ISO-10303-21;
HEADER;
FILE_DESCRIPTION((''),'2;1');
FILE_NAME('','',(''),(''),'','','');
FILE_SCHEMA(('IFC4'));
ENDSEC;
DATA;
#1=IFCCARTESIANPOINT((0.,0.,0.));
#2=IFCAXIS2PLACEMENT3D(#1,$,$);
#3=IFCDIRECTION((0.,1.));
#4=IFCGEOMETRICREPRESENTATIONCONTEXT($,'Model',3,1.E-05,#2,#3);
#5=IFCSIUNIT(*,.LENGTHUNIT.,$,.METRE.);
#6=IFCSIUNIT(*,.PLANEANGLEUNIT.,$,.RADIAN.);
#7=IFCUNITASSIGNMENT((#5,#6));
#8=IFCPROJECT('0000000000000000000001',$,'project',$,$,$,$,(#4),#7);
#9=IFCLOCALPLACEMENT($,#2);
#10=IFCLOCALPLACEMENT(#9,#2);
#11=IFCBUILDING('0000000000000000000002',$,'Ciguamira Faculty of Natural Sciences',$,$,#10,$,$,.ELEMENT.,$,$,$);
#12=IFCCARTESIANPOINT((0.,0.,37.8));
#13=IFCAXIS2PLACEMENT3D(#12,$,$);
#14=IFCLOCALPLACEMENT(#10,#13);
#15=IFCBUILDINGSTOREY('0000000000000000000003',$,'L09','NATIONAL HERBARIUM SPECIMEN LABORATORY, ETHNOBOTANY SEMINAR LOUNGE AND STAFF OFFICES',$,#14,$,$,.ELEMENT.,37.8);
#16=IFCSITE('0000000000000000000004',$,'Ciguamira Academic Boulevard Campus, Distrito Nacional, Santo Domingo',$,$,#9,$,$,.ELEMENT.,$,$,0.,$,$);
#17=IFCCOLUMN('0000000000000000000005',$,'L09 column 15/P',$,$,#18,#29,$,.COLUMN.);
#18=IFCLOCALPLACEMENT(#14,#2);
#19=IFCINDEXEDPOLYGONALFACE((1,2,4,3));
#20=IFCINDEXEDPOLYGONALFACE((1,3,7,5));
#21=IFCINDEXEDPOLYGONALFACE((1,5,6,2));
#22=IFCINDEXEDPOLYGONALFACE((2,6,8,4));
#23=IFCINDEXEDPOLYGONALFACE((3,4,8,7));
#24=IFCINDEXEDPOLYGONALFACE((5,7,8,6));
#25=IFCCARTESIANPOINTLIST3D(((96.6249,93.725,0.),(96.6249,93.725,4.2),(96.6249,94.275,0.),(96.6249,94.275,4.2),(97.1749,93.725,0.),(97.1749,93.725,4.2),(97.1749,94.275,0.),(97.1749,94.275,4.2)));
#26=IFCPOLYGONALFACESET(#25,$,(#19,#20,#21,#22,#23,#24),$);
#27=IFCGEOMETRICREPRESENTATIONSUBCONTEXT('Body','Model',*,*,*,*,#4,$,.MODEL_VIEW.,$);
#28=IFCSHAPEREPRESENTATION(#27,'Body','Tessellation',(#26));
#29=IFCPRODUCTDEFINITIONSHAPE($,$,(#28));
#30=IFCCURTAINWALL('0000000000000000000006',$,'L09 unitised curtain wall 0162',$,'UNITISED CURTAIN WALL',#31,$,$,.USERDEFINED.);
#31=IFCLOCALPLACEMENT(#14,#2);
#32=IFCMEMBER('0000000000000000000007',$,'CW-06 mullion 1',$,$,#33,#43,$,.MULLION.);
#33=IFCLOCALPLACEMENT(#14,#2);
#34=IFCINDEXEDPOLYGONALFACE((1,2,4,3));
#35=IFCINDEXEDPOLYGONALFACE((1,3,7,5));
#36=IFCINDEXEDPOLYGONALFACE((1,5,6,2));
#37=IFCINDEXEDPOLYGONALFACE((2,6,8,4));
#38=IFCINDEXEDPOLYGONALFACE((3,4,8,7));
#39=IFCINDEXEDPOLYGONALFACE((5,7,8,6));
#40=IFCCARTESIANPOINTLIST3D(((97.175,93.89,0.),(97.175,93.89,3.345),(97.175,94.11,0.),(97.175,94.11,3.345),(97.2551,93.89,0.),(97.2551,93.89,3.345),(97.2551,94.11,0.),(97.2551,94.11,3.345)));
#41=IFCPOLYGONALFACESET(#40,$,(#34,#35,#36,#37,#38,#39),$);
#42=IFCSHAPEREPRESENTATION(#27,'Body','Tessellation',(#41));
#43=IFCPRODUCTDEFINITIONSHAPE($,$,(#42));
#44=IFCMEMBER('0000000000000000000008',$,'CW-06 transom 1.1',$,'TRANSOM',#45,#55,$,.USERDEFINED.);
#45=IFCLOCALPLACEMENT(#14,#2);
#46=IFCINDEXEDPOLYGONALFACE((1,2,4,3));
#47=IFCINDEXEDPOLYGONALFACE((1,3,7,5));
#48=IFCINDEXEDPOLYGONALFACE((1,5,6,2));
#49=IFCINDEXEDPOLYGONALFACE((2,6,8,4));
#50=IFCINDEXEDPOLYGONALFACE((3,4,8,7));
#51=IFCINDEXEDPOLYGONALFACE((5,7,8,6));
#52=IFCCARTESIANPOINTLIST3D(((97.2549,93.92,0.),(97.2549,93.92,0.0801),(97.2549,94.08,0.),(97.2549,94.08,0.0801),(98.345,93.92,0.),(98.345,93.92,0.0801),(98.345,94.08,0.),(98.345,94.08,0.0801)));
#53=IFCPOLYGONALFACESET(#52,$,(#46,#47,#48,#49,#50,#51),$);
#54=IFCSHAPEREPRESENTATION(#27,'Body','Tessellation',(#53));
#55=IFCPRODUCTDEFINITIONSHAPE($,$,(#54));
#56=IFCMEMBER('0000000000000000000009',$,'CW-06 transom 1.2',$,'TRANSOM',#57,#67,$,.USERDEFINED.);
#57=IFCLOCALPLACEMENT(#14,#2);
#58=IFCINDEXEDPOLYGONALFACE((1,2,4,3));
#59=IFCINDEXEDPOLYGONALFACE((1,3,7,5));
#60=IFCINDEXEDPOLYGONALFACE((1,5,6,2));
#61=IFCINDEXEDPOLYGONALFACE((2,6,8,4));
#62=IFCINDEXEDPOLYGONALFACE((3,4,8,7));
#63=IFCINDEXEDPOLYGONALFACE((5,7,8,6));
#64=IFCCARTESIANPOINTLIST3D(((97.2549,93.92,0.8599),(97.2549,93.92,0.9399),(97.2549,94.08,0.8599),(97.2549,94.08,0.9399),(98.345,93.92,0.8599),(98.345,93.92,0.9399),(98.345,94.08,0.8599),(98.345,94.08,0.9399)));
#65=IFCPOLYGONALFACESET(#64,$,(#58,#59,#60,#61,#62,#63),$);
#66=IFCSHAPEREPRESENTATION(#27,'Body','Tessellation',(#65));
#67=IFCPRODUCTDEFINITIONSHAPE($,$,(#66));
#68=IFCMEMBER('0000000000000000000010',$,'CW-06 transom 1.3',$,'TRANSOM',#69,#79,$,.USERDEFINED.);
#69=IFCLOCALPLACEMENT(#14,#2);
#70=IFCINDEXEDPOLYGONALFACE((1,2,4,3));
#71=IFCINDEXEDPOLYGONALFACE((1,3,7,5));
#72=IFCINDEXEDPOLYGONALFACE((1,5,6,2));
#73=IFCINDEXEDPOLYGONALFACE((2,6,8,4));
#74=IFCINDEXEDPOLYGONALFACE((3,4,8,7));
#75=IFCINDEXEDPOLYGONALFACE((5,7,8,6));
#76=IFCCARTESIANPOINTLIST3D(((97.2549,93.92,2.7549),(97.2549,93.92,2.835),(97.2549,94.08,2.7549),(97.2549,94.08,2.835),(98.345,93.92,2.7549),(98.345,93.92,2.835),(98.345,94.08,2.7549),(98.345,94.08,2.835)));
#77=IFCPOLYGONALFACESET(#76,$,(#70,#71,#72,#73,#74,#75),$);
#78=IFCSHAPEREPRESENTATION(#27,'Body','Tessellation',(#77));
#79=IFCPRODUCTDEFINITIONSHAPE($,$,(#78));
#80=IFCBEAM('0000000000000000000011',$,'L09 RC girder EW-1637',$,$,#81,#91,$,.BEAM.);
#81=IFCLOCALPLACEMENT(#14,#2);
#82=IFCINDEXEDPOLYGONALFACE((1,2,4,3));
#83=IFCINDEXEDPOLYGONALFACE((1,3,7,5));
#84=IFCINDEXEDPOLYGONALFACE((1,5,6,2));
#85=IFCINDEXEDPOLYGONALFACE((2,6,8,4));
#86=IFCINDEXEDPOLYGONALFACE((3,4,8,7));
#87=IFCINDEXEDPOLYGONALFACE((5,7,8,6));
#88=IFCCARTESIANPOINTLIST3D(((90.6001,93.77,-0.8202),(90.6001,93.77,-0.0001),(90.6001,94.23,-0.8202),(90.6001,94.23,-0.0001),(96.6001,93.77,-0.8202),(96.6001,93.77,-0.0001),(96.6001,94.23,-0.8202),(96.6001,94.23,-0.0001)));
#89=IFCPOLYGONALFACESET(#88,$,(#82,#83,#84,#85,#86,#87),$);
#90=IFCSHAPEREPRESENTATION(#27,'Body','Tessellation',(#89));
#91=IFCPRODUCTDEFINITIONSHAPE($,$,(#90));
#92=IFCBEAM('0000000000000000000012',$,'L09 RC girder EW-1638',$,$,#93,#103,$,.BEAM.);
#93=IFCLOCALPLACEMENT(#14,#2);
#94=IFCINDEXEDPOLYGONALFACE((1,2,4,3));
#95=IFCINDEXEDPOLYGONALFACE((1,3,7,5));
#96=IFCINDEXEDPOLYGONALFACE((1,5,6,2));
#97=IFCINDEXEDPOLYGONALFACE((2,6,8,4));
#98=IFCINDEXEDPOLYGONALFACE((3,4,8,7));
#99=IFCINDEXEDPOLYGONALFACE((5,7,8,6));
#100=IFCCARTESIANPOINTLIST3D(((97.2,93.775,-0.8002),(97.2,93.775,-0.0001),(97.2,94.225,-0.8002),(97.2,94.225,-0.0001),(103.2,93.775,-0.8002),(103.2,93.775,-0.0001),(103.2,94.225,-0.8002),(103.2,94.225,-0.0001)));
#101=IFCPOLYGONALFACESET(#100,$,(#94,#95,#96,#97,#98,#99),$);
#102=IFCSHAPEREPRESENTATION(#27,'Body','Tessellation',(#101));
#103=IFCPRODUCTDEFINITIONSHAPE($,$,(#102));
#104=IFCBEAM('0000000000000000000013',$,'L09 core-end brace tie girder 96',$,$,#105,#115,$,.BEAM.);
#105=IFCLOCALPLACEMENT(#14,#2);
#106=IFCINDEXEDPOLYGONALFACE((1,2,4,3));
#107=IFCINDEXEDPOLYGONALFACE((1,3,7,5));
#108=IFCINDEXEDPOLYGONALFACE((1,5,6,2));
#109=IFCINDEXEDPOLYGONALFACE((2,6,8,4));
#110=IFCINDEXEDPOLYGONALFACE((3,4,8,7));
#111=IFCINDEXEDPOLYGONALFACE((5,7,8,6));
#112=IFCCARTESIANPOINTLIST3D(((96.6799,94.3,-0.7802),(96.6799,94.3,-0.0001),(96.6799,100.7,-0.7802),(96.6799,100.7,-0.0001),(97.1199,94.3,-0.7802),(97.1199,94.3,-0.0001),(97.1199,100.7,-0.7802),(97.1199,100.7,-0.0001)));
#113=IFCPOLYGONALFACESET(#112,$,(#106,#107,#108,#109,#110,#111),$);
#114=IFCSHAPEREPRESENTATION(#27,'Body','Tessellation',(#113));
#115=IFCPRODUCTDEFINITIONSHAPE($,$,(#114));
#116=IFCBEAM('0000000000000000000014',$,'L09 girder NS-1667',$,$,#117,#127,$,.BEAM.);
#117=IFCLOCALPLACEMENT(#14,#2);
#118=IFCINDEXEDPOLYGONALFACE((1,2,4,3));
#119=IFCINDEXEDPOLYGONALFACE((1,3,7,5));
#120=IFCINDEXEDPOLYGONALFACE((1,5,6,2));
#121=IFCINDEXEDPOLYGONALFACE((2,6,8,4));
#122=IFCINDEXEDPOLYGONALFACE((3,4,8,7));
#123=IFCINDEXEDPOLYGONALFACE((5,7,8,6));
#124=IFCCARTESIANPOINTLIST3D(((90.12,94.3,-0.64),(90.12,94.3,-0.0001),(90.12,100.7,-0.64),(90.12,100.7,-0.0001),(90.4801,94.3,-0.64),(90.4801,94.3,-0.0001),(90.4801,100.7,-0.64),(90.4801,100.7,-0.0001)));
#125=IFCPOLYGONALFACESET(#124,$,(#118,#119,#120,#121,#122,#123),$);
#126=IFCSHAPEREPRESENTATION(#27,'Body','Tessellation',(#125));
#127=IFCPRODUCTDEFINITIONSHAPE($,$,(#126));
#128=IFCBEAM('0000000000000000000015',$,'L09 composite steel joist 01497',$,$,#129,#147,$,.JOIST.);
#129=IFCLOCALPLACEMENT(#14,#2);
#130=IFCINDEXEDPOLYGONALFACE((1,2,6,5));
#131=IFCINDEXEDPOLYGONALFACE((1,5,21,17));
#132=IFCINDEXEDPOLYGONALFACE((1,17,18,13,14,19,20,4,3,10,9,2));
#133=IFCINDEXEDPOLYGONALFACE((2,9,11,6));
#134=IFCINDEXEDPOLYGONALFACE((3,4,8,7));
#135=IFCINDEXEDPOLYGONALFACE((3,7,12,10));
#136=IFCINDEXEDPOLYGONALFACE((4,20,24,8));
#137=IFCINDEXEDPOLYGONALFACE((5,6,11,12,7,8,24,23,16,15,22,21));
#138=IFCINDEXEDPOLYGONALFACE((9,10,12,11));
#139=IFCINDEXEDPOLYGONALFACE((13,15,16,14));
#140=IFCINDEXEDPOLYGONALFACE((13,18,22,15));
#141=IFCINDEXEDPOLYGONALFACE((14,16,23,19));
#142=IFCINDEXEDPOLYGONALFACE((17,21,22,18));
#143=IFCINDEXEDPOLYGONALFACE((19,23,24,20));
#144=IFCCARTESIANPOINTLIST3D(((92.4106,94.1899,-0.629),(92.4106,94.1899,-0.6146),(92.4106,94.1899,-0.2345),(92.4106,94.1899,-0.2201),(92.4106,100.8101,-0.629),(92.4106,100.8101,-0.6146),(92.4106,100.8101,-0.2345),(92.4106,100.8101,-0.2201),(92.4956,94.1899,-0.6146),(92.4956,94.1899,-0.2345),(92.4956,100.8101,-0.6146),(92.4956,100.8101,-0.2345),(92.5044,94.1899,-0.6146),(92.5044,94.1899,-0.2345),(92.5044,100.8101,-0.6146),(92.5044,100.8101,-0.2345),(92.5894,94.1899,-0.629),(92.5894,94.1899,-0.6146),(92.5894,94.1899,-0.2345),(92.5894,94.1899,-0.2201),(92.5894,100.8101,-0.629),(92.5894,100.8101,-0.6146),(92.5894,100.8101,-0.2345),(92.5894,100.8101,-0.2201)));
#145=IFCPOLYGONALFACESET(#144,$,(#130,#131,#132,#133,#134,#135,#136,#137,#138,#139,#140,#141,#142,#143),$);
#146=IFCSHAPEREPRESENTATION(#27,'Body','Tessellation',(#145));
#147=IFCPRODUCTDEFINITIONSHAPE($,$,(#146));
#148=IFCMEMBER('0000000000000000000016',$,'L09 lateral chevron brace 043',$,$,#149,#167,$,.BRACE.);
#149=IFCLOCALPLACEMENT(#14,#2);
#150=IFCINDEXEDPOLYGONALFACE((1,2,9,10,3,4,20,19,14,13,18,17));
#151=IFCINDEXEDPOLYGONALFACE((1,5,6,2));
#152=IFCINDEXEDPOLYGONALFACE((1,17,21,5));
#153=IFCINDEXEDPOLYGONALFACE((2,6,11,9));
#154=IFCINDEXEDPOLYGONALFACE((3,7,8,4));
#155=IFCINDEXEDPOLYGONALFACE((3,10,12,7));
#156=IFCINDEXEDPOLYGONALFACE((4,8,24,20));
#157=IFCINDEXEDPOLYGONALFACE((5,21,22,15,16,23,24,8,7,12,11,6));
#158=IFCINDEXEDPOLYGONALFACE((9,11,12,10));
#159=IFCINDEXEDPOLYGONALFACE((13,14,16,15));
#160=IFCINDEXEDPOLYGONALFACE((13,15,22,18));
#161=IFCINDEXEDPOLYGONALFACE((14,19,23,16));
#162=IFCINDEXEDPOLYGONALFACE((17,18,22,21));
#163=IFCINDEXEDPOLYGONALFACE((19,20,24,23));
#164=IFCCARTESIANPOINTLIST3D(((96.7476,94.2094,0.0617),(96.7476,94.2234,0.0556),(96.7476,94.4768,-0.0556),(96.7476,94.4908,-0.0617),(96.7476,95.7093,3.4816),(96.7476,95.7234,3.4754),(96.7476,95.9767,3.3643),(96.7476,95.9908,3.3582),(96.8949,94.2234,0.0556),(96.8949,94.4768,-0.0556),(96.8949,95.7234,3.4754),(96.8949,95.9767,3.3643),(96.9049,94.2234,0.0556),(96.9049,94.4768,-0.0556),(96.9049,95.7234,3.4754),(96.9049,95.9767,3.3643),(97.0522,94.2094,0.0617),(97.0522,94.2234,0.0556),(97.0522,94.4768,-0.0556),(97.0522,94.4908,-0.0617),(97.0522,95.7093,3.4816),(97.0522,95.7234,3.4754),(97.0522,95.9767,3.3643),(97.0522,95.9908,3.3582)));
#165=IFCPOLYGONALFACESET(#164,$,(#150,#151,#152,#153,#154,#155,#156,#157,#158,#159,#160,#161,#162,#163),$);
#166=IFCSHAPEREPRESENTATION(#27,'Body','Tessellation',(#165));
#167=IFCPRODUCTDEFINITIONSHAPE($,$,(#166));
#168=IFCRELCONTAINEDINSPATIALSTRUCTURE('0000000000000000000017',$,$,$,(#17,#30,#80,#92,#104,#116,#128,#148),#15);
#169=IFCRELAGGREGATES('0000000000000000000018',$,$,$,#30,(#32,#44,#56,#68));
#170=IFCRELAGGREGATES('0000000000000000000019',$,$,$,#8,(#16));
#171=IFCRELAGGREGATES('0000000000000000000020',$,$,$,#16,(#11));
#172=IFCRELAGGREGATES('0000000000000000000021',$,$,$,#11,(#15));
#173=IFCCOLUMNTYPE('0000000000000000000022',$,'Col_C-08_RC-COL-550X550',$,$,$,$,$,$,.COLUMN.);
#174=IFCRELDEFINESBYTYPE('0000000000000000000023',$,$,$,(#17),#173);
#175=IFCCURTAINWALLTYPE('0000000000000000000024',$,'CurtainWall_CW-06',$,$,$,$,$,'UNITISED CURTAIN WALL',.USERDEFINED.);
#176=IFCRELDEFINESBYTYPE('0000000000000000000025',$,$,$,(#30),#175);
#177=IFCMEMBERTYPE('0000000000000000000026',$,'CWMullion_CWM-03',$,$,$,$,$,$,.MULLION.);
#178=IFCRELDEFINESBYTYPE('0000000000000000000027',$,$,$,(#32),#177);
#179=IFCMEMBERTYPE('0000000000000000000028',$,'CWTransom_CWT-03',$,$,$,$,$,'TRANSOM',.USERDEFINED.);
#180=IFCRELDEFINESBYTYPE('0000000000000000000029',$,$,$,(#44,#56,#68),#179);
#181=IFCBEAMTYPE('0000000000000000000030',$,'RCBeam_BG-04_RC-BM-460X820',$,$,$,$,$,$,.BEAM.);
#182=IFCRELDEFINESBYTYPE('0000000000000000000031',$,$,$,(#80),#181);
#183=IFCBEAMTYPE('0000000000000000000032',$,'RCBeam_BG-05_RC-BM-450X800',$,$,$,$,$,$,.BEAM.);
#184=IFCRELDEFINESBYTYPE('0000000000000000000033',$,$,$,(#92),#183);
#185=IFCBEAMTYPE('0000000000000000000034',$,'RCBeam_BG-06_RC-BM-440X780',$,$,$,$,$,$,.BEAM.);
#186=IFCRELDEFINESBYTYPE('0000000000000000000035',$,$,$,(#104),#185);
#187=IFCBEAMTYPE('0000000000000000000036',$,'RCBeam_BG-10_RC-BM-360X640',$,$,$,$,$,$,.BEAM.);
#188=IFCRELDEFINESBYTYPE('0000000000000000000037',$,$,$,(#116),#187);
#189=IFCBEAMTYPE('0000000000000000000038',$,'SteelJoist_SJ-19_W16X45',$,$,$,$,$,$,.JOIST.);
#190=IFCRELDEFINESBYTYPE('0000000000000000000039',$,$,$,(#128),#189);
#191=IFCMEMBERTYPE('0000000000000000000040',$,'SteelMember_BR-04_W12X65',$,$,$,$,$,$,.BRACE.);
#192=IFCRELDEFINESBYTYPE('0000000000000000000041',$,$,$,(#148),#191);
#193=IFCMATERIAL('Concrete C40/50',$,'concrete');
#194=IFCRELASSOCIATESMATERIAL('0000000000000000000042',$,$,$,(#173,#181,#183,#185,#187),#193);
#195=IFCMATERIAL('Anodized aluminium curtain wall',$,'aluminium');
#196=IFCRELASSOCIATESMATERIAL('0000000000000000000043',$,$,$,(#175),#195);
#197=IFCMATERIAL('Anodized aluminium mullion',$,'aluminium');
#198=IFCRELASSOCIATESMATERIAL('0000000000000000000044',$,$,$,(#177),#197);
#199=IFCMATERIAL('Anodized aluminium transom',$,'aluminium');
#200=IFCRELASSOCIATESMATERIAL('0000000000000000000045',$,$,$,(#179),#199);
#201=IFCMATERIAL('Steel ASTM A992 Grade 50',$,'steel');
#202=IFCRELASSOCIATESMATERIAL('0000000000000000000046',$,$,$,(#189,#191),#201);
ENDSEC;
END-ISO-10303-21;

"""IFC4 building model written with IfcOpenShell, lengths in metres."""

from ifc_helpers import new_model, si_unit, direction, frame, origin, origin_2d, place, context, subcontext, project, spatial, rectangle, i_section, extrude, material, material_profile, profile_set, type_object, element, aggregate, save


model = new_model("IFC4")

# Units and contexts
model_context = context("Model", 3, precision=1e-05, world=origin(), true_north=direction((0.0, 1.0)))
body_context = subcontext(model_context, "Body", "Model", "MODEL_VIEW")
ifc_project = project(units=[si_unit("LENGTHUNIT", "METRE"), si_unit("PLANEANGLEUNIT", "RADIAN")], contexts=[model_context])

# Site, building, storey
site_placement = place(None, origin())
site = spatial("IfcSite", under=ifc_project, at=site_placement, Name="Ciguamira Academic Boulevard Campus, Distrito Nacional, Santo Domingo", CompositionType="ELEMENT", RefElevation=0.0)
building_placement = place(site_placement, origin())
building = spatial("IfcBuilding", under=site, at=building_placement, Name="Ciguamira Faculty of Natural Sciences", CompositionType="ELEMENT")
storey_placement = place(building_placement, frame((0.0, 0.0, 37.8)))
storey = spatial("IfcBuildingStorey", under=building, at=storey_placement, Name="L09", Description="NATIONAL HERBARIUM SPECIMEN LABORATORY, ETHNOBOTANY SEMINAR LOUNGE AND STAFF OFFICES", CompositionType="ELEMENT", Elevation=37.8)

# Column
ifc_material_1 = material(Name="Concrete C40/50", Category="concrete")
ifc_material_profile_1 = material_profile(ifc_material_1, rectangle(XDim=0.55, YDim=0.55, at=origin_2d()), Name="RC-COL-550X550")
ifc_profile_set_1 = profile_set([ifc_material_profile_1], Name="Concrete C40/50")
column_type = type_object("IfcColumnType", Name="Col_C-08_RC-COL-550X550", PredefinedType="COLUMN", material=ifc_profile_set_1)
column_placement = place(storey_placement, frame((96.8999, 94.0, 0.0), z_axis=(0.0, 0.0, 1.0), x_axis=(1.0, 0.0, 0.0)))
element("IfcColumn", 1, at=column_placement, inside=storey, type_object=column_type, Name="L09 column 15/P", PredefinedType="COLUMN", context=body_context, shape_type="SweptSolid", body=[
    extrude(rectangle(XDim=0.55, YDim=0.55, at=origin_2d()), origin(), (0.0, 0.0, 1.0), 4.2),
])

# Curtain wall, members
ifc_material_2 = material(Name="Anodized aluminium curtain wall", Category="aluminium")
curtain_wall_type = type_object("IfcCurtainWallType", Name="CurtainWall_CW-06", ElementType="UNITISED CURTAIN WALL", PredefinedType="USERDEFINED", material=ifc_material_2)
curtain_wall_placement = place(storey_placement, origin())
curtain_wall = element("IfcCurtainWall", 2, at=curtain_wall_placement, inside=storey, type_object=curtain_wall_type, Name="L09 unitised curtain wall 0162", ObjectType="UNITISED CURTAIN WALL", PredefinedType="USERDEFINED")
ifc_material_3 = material(Name="Anodized aluminium mullion", Category="aluminium")
ifc_material_profile_2 = material_profile(ifc_material_3, rectangle(XDim=0.0801, YDim=0.22, at=origin_2d()), Name="ALU-MUL-80X220")
ifc_profile_set_2 = profile_set([ifc_material_profile_2], Name="Anodized aluminium mullion")
member_type_1 = type_object("IfcMemberType", Name="CWMullion_CWM-03", PredefinedType="MULLION", material=ifc_profile_set_2)
member_1_placement = place(storey_placement, frame((97.2151, 94.0, 0.0), z_axis=(0.0, 0.0, 1.0), x_axis=(1.0, 0.0, 0.0)))
member_1 = element("IfcMember", 3, at=member_1_placement, type_object=member_type_1, Name="CW-06 mullion 1", PredefinedType="MULLION", context=body_context, shape_type="SweptSolid", body=[
    extrude(rectangle(XDim=0.0801, YDim=0.22, at=origin_2d()), origin(), (0.0, 0.0, 1.0), 3.345),
])
ifc_material_4 = material(Name="Anodized aluminium transom", Category="aluminium")
ifc_material_profile_3 = material_profile(ifc_material_4, rectangle(XDim=0.0801, YDim=0.1599, at=origin_2d()), Name="ALU-TRN-80X160")
ifc_profile_set_3 = profile_set([ifc_material_profile_3], Name="Anodized aluminium transom")
member_type_2 = type_object("IfcMemberType", Name="CWTransom_CWT-03", ElementType="TRANSOM", PredefinedType="USERDEFINED", material=ifc_profile_set_3)
member_2_placement = place(storey_placement, frame((97.2549, 94.0, 0.04), z_axis=(1.0, 0.0, 0.0), x_axis=(0.0, 0.0, 1.0)))
member_2 = element("IfcMember", 4, at=member_2_placement, type_object=member_type_2, Name="CW-06 transom 1.1", ObjectType="TRANSOM", PredefinedType="USERDEFINED", context=body_context, shape_type="SweptSolid", body=[
    extrude(rectangle(XDim=0.0801, YDim=0.1599, at=origin_2d()), origin(), (0.0, 0.0, 1.0), 1.0901),
])
member_3_placement = place(storey_placement, frame((97.2549, 94.0, 0.8999), z_axis=(1.0, 0.0, 0.0), x_axis=(0.0, 0.0, 1.0)))
member_3 = element("IfcMember", 5, at=member_3_placement, type_object=member_type_2, Name="CW-06 transom 1.2", ObjectType="TRANSOM", PredefinedType="USERDEFINED", context=body_context, shape_type="SweptSolid", body=[
    extrude(rectangle(XDim=0.0801, YDim=0.1599, at=origin_2d()), origin(), (0.0, 0.0, 1.0), 1.0901),
])
member_4_placement = place(storey_placement, frame((97.2549, 94.0, 2.7949), z_axis=(1.0, 0.0, 0.0), x_axis=(0.0, 0.0, 1.0)))
member_4 = element("IfcMember", 6, at=member_4_placement, type_object=member_type_2, Name="CW-06 transom 1.3", ObjectType="TRANSOM", PredefinedType="USERDEFINED", context=body_context, shape_type="SweptSolid", body=[
    extrude(rectangle(XDim=0.0801, YDim=0.1599, at=origin_2d()), origin(), (0.0, 0.0, 1.0), 1.0901),
])
aggregate(curtain_wall, [member_1, member_2, member_3, member_4])

# Beams
ifc_material_profile_4 = material_profile(ifc_material_1, rectangle(XDim=0.46, YDim=0.8201, at=origin_2d()), Name="RC-BM-460X820")
ifc_profile_set_4 = profile_set([ifc_material_profile_4], Name="Concrete C40/50")
beam_type_1 = type_object("IfcBeamType", Name="RCBeam_BG-04_RC-BM-460X820", PredefinedType="BEAM", material=ifc_profile_set_4)
beam_1_placement = place(storey_placement, frame((90.6001, 94.0, -0.4102), z_axis=(1.0, 0.0, 0.0), x_axis=(0.0, 1.0, 0.0)))
element("IfcBeam", 7, at=beam_1_placement, inside=storey, type_object=beam_type_1, Name="L09 RC girder EW-1637", PredefinedType="BEAM", context=body_context, shape_type="SweptSolid", body=[
    extrude(rectangle(XDim=0.46, YDim=0.8201, at=origin_2d()), origin(), (0.0, 0.0, 1.0), 6.0),
])
ifc_material_profile_5 = material_profile(ifc_material_1, rectangle(XDim=0.45, YDim=0.8, at=origin_2d()), Name="RC-BM-450X800")
ifc_profile_set_5 = profile_set([ifc_material_profile_5], Name="Concrete C40/50")
beam_type_2 = type_object("IfcBeamType", Name="RCBeam_BG-05_RC-BM-450X800", PredefinedType="BEAM", material=ifc_profile_set_5)
beam_2_placement = place(storey_placement, frame((97.2, 94.0, -0.4001), z_axis=(1.0, 0.0, 0.0), x_axis=(0.0, 1.0, 0.0)))
element("IfcBeam", 8, at=beam_2_placement, inside=storey, type_object=beam_type_2, Name="L09 RC girder EW-1638", PredefinedType="BEAM", context=body_context, shape_type="SweptSolid", body=[
    extrude(rectangle(XDim=0.45, YDim=0.8, at=origin_2d()), origin(), (0.0, 0.0, 1.0), 6.0),
])
ifc_material_profile_6 = material_profile(ifc_material_1, rectangle(XDim=0.4399, YDim=0.78, at=origin_2d()), Name="RC-BM-440X780")
ifc_profile_set_6 = profile_set([ifc_material_profile_6], Name="Concrete C40/50")
beam_type_3 = type_object("IfcBeamType", Name="RCBeam_BG-06_RC-BM-440X780", PredefinedType="BEAM", material=ifc_profile_set_6)
beam_3_placement = place(storey_placement, frame((96.8999, 94.3, -0.3901), z_axis=(0.0, 1.0, 0.0), x_axis=(-1.0, 0.0, 0.0)))
element("IfcBeam", 9, at=beam_3_placement, inside=storey, type_object=beam_type_3, Name="L09 core-end brace tie girder 96", PredefinedType="BEAM", context=body_context, shape_type="SweptSolid", body=[
    extrude(rectangle(XDim=0.4399, YDim=0.78, at=origin_2d()), origin(), (0.0, 0.0, 1.0), 6.3999),
])
ifc_material_profile_7 = material_profile(ifc_material_1, rectangle(XDim=0.3601, YDim=0.6399, at=origin_2d()), Name="RC-BM-360X640")
ifc_profile_set_7 = profile_set([ifc_material_profile_7], Name="Concrete C40/50")
beam_type_4 = type_object("IfcBeamType", Name="RCBeam_BG-10_RC-BM-360X640", PredefinedType="BEAM", material=ifc_profile_set_7)
beam_4_placement = place(storey_placement, frame((90.3, 94.3, -0.3201), z_axis=(0.0, 1.0, 0.0), x_axis=(-1.0, 0.0, 0.0)))
element("IfcBeam", 10, at=beam_4_placement, inside=storey, type_object=beam_type_4, Name="L09 girder NS-1667", PredefinedType="BEAM", context=body_context, shape_type="SweptSolid", body=[
    extrude(rectangle(XDim=0.3601, YDim=0.6399, at=origin_2d()), origin(), (0.0, 0.0, 1.0), 6.3999),
])
ifc_material_5 = material(Name="Steel ASTM A992 Grade 50", Category="steel")
ifc_material_profile_8 = material_profile(ifc_material_5, i_section(OverallWidth=0.1787, OverallDepth=0.4089, WebThickness=0.0088, FlangeThickness=0.0144, at=origin_2d()), Name="W16X45")
ifc_profile_set_8 = profile_set([ifc_material_profile_8], Name="Steel ASTM A992 Grade 50")
beam_type_5 = type_object("IfcBeamType", Name="SteelJoist_SJ-19_W16X45", PredefinedType="JOIST", material=ifc_profile_set_8)
beam_5_placement = place(storey_placement, frame((92.5, 94.1899, -0.4246), z_axis=(0.0, 1.0, 0.0), x_axis=(-1.0, 0.0, 0.0)))
element("IfcBeam", 11, at=beam_5_placement, inside=storey, type_object=beam_type_5, Name="L09 composite steel joist 01497", PredefinedType="JOIST", context=body_context, shape_type="SweptSolid", body=[
    extrude(i_section(OverallWidth=0.1787, OverallDepth=0.4089, WebThickness=0.0088, FlangeThickness=0.0144, at=origin_2d()), origin(), (0.0, 0.0, 1.0), 6.6201),
])

# Member
ifc_material_profile_9 = material_profile(ifc_material_5, i_section(OverallWidth=0.3047, OverallDepth=0.3074, WebThickness=0.01, FlangeThickness=0.0154, at=origin_2d()), Name="W12X65")
ifc_profile_set_9 = profile_set([ifc_material_profile_9], Name="Steel ASTM A992 Grade 50")
member_type_3 = type_object("IfcMemberType", Name="SteelMember_BR-04_W12X65", PredefinedType="BRACE", material=ifc_profile_set_9)
for number, where, z_axis, x_axis, name in (
    (12, (96.8999, 94.3501, 0.0), (0.0, 0.401669, 0.915785), (-1.0, 0.0, 0.0), "L09 lateral chevron brace 043"),
):
    element("IfcMember", number, at=place(storey_placement, frame(where, z_axis=z_axis, x_axis=x_axis)), inside=storey, type_object=member_type_3, Name=name, PredefinedType="BRACE", context=body_context, shape_type="SweptSolid", body=[
        extrude(i_section(OverallWidth=0.3047, OverallDepth=0.3074, WebThickness=0.01, FlangeThickness=0.0154, at=origin_2d()), origin(), (0.0, 0.0, 1.0), 3.7344),
    ])

save(model, "model.ifc")
